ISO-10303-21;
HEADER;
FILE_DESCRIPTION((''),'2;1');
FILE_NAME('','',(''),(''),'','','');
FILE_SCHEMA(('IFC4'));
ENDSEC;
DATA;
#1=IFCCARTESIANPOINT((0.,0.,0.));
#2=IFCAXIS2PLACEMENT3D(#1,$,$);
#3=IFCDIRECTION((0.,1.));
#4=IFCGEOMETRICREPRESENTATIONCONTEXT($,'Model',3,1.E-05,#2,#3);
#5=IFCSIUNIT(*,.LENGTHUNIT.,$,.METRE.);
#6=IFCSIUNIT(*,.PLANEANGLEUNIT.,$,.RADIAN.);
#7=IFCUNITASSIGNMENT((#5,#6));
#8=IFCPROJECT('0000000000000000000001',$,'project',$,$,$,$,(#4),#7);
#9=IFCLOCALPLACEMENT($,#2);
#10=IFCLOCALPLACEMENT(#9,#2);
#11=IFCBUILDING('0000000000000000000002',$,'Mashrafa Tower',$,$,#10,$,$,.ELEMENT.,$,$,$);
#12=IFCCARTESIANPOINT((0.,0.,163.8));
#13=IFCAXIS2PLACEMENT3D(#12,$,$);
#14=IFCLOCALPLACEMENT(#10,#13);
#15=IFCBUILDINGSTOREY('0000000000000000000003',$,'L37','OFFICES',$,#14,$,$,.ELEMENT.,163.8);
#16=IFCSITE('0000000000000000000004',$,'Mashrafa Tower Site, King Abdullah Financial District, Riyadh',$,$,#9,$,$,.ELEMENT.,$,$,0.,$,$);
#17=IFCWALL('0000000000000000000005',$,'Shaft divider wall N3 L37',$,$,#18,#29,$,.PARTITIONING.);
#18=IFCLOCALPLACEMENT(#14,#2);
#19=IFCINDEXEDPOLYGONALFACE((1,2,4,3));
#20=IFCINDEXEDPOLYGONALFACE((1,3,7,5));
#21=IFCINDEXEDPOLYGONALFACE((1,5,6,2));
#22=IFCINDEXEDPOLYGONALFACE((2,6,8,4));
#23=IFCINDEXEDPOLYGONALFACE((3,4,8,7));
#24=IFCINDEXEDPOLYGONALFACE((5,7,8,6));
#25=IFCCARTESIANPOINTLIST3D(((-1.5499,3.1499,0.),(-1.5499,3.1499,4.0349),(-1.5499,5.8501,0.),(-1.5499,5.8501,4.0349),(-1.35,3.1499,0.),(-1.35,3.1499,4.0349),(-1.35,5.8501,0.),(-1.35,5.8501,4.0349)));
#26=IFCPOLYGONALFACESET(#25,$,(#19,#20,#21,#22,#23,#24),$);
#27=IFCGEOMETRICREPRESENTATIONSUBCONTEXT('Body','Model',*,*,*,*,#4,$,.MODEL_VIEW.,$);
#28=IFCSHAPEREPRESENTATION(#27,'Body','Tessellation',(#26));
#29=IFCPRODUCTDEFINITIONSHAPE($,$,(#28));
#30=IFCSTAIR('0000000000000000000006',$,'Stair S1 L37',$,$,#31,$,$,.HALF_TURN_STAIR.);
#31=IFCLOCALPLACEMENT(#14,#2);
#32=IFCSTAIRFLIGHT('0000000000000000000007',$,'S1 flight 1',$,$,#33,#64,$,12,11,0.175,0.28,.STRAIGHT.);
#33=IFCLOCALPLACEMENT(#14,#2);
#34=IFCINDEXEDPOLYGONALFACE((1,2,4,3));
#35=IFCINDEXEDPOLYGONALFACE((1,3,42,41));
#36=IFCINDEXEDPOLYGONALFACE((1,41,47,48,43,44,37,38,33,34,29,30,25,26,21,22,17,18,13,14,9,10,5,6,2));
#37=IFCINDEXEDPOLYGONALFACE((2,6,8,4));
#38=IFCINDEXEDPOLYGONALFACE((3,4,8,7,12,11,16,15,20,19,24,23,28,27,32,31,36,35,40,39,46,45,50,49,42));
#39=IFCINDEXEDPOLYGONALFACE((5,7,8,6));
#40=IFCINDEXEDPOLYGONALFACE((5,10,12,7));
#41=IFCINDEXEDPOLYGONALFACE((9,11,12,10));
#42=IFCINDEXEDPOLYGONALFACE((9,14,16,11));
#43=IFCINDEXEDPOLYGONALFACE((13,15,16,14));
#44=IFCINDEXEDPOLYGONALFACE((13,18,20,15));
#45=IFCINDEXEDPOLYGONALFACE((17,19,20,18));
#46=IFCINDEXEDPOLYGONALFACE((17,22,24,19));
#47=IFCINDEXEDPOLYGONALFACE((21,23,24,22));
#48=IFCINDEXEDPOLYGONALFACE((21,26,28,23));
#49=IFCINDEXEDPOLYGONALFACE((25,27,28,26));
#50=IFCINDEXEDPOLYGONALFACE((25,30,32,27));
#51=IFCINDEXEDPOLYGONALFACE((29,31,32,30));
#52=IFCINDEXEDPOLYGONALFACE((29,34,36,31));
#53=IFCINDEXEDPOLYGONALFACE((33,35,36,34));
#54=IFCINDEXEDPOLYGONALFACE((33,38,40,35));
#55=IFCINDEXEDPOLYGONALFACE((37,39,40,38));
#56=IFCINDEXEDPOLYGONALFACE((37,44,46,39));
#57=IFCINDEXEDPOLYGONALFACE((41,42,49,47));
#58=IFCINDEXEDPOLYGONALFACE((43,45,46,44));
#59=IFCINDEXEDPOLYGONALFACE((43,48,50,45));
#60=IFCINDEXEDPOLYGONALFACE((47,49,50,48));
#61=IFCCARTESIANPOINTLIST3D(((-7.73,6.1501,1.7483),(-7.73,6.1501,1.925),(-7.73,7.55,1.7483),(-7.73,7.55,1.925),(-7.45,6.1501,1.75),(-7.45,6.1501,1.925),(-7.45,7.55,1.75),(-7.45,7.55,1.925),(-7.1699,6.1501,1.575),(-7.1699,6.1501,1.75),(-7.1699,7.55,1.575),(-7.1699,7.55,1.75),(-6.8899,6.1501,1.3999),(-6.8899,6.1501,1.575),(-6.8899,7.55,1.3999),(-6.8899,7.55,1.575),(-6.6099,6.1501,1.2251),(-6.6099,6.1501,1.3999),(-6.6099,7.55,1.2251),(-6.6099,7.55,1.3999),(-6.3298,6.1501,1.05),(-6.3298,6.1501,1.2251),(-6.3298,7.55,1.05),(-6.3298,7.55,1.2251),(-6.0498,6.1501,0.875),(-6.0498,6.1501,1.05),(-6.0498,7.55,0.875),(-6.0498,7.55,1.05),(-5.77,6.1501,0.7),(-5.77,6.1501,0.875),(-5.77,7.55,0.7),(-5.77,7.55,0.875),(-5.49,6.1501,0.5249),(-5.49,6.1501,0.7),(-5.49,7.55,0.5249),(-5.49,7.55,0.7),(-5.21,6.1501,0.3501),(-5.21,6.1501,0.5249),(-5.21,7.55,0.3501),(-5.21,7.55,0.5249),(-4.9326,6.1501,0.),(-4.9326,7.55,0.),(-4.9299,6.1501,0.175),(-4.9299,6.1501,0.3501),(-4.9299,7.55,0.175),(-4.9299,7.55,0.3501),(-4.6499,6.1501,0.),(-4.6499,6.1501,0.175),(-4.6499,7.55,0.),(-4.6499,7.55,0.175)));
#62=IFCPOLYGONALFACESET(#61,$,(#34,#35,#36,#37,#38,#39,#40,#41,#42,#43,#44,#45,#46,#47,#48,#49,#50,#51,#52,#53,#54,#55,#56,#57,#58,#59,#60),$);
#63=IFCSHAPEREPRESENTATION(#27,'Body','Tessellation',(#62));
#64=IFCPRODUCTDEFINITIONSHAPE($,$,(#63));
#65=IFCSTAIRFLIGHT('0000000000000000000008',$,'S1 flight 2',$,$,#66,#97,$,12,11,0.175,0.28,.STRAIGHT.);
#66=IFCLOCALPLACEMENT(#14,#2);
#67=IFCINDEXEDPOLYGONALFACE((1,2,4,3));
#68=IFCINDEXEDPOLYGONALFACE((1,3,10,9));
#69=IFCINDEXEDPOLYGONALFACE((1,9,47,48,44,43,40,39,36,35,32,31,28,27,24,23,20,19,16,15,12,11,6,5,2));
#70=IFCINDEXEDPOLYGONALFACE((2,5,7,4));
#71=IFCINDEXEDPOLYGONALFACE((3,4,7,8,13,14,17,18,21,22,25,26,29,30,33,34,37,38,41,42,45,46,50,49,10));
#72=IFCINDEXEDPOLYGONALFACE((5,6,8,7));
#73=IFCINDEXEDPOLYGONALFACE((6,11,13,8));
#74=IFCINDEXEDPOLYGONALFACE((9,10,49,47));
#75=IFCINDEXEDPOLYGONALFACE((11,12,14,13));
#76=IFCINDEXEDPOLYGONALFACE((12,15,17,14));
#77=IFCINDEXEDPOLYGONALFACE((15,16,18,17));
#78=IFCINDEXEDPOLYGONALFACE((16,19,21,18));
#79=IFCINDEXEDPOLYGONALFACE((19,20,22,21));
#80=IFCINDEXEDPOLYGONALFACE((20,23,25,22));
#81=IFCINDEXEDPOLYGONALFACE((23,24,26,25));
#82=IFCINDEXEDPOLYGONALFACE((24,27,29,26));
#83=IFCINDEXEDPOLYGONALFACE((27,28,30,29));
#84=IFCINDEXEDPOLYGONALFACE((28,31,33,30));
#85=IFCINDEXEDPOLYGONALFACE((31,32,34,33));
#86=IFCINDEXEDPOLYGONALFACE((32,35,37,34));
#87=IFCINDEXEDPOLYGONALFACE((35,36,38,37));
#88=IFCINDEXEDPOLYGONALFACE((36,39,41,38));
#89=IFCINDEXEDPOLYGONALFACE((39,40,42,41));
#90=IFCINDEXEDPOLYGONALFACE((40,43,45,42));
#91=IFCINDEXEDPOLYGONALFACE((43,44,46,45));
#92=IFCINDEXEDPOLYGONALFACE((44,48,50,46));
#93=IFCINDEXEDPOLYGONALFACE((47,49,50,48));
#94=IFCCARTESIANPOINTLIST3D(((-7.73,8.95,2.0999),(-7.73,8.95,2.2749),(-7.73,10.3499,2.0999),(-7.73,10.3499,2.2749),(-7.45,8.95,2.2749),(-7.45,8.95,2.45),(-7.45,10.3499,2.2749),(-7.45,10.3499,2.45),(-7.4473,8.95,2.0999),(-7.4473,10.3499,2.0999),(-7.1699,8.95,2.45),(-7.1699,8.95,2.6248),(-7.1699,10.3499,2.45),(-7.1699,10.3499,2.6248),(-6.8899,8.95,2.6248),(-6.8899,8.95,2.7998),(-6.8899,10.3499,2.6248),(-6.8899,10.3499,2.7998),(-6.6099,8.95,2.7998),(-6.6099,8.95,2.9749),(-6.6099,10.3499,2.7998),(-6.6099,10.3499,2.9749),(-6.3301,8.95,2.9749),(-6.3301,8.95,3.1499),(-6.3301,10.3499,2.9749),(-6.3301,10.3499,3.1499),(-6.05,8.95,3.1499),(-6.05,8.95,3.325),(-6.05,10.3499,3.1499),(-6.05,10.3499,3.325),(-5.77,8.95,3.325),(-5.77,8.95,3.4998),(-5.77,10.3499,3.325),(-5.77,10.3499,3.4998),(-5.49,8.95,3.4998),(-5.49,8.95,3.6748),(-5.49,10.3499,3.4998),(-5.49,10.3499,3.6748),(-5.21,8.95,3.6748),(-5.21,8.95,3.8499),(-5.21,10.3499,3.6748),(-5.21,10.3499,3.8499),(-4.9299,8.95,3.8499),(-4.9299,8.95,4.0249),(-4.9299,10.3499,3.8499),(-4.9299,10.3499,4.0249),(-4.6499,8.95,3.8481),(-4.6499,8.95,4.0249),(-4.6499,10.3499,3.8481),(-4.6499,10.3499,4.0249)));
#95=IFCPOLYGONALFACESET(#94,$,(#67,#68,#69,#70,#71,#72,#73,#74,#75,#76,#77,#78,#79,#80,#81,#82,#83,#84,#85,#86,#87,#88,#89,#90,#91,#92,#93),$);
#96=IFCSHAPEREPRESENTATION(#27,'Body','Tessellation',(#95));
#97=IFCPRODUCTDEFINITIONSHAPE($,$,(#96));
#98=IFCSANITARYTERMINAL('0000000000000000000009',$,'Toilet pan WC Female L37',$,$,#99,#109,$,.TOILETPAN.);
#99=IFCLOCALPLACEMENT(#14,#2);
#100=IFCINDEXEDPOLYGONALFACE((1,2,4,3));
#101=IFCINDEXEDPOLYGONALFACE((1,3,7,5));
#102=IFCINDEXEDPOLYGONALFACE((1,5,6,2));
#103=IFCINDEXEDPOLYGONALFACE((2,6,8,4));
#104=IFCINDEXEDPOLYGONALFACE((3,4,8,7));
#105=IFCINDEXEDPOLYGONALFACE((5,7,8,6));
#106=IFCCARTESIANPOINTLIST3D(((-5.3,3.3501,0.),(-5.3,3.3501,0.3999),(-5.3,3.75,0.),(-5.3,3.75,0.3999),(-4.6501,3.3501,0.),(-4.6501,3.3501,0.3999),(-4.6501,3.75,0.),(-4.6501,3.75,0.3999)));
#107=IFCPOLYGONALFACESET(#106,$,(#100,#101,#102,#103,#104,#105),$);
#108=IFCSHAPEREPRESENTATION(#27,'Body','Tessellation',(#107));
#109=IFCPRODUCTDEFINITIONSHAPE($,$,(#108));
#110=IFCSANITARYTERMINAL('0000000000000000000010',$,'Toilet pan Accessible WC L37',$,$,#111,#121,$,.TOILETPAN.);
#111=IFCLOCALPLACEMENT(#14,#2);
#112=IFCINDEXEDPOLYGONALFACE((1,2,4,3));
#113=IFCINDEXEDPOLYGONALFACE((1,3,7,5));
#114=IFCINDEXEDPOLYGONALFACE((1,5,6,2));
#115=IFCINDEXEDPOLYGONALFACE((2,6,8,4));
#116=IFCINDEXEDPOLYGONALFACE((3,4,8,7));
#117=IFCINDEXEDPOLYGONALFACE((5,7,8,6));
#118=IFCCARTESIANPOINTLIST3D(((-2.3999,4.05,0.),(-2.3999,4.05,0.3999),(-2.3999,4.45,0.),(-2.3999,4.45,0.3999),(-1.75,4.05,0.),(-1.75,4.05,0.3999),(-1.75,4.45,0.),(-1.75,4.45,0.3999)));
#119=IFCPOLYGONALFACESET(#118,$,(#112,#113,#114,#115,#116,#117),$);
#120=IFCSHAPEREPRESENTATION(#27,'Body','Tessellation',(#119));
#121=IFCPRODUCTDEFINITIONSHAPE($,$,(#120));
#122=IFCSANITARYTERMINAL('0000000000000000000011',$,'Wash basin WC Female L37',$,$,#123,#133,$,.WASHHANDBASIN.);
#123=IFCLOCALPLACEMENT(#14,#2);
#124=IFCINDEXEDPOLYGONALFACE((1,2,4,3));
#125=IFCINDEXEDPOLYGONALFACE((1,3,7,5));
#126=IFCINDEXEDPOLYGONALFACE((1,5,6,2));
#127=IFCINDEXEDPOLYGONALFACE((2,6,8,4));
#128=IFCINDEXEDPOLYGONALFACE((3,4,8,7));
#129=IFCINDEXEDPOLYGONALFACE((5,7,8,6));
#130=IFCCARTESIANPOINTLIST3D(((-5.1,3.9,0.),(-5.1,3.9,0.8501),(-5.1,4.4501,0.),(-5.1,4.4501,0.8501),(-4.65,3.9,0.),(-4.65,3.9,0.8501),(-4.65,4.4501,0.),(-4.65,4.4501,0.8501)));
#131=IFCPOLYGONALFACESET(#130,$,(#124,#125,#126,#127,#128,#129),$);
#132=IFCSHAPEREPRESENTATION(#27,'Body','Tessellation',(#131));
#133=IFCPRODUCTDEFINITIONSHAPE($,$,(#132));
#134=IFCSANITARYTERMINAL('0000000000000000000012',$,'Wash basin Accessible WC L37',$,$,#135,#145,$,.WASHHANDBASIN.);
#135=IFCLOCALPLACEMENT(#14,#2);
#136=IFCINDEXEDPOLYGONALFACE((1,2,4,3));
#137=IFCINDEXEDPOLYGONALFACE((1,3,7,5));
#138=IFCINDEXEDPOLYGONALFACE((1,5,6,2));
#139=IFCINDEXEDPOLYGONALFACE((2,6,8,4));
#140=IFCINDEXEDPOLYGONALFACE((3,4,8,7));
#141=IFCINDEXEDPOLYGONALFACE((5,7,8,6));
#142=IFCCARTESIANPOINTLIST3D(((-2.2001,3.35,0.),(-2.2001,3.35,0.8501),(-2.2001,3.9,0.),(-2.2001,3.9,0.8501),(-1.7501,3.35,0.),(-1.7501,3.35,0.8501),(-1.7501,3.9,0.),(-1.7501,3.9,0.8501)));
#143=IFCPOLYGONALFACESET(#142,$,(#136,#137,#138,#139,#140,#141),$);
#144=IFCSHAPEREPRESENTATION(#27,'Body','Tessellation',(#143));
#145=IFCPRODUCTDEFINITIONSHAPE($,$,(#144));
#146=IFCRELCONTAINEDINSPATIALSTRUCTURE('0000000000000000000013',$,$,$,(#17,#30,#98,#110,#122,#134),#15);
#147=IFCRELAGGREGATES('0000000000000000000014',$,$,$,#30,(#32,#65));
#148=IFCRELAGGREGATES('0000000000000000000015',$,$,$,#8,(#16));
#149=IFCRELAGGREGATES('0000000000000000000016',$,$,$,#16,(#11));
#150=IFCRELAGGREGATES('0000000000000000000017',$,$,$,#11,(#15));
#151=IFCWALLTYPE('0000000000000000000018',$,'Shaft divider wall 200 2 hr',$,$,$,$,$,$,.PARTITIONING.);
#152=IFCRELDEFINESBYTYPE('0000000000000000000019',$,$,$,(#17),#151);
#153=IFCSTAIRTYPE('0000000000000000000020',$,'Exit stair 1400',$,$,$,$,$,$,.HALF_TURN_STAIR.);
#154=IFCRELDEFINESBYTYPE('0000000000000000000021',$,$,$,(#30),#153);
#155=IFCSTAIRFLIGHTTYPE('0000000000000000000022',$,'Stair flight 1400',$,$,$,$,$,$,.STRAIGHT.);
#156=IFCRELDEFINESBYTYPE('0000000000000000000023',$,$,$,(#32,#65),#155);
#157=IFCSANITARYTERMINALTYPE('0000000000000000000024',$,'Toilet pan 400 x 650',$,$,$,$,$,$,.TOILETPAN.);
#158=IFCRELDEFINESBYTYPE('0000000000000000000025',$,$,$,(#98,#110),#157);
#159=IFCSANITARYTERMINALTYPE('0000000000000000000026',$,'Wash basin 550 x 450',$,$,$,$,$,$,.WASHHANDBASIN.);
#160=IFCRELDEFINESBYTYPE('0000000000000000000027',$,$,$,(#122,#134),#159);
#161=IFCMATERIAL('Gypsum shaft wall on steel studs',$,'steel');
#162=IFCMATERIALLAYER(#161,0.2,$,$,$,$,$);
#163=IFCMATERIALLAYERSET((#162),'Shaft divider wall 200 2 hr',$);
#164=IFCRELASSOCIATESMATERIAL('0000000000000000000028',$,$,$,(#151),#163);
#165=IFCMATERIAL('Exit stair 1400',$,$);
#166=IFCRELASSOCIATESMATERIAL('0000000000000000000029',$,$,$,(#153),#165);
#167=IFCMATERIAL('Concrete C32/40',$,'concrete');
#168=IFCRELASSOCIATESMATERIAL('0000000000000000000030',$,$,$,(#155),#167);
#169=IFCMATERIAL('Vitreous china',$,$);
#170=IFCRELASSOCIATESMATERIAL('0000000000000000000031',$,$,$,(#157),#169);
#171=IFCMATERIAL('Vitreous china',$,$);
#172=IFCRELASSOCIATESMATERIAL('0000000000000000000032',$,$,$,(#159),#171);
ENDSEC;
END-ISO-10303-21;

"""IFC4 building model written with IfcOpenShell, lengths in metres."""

from ifc_helpers import new_model, si_unit, direction, frame, frame_2d, origin, origin_2d, place, context, subcontext, project, spatial, polyline, rectangle, outline, extrude, material, layer, layer_set, type_object, element, aggregate, save


model = new_model("IFC4")

# Units and contexts
model_context = context("Model", 3, precision=1e-05, world=origin(), true_north=direction((0.0, 1.0)))
body_context = subcontext(model_context, "Body", "Model", "MODEL_VIEW")
ifc_project = project(units=[si_unit("LENGTHUNIT", "METRE"), si_unit("PLANEANGLEUNIT", "RADIAN")], contexts=[model_context])

# Site, building, storey
site_placement = place(None, origin())
site = spatial("IfcSite", under=ifc_project, at=site_placement, Name="Mashrafa Tower Site, King Abdullah Financial District, Riyadh", CompositionType="ELEMENT", RefElevation=0.0)
building_placement = place(site_placement, origin())
building = spatial("IfcBuilding", under=site, at=building_placement, Name="Mashrafa Tower", CompositionType="ELEMENT")
storey_placement = place(building_placement, frame((0.0, 0.0, 163.8)))
storey = spatial("IfcBuildingStorey", under=building, at=storey_placement, Name="L37", Description="OFFICES", CompositionType="ELEMENT", Elevation=163.8)

# Wall
ifc_material_1 = material(Name="Gypsum shaft wall on steel studs", Category="steel")
ifc_layer_1 = layer(ifc_material_1, 0.2)
ifc_layer_set_1 = layer_set([ifc_layer_1], Name="Shaft divider wall 200 2 hr")
wall_type_1 = type_object("IfcWallType", Name="Shaft divider wall 200 2 hr", PredefinedType="PARTITIONING", material=ifc_layer_set_1)
for number, where, z_axis, x_axis, name in (
    (1, (-1.45, 3.1499, 0.0), (0.0, 0.0, 1.0), (0.0, 1.0, 0.0), "Shaft divider wall N3 L37"),
):
    element("IfcWall", number, at=place(storey_placement, frame(where, z_axis=z_axis, x_axis=x_axis)), inside=storey, type_object=wall_type_1, Name=name, PredefinedType="PARTITIONING", context=body_context, shape_type="SweptSolid", body=[
        extrude(rectangle(XDim=2.7002, YDim=0.2, at=frame_2d((1.3501, 0.0))), origin(), (0.0, 0.0, 1.0), 4.0349),
    ])

# Stair, stair flights
ifc_material_2 = material(Name="Exit stair 1400")
stair_type = type_object("IfcStairType", Name="Exit stair 1400", PredefinedType="HALF_TURN_STAIR", material=ifc_material_2)
stair_placement = place(storey_placement, origin())
stair = element("IfcStair", 2, at=stair_placement, inside=storey, type_object=stair_type, Name="Stair S1 L37", PredefinedType="HALF_TURN_STAIR")
ifc_material_3 = material(Name="Concrete C32/40", Category="concrete")
stair_flight_type = type_object("IfcStairFlightType", Name="Stair flight 1400", PredefinedType="STRAIGHT", material=ifc_material_3)
stair_flight_1_placement = place(storey_placement, frame((-4.6499, 6.8501, 0.0), z_axis=(0.0, 0.0, 1.0), x_axis=(-1.0, 0.0, 0.0)))
stair_flight_1 = element("IfcStairFlight", 3, at=stair_flight_1_placement, type_object=stair_flight_type, Name="S1 flight 1", NumberOfRisers=12, NumberOfTreads=11, PredefinedType="STRAIGHT", RiserHeight=0.175, TreadLength=0.28, context=body_context, shape_type="SweptSolid", body=[
    extrude(outline(polyline([(0.0, 0.0), (0.0, 0.175), (0.28, 0.175), (0.28, 0.3501), (0.5601, 0.3501), (0.5601, 0.5249), (0.8401, 0.5249), (0.8401, 0.7), (1.1201, 0.7), (1.1201, 0.875), (1.3999, 0.875), (1.3999, 1.05), (1.6799, 1.05), (1.6799, 1.2251), (1.96, 1.2251), (1.96, 1.3999), (2.24, 1.3999), (2.24, 1.575), (2.52, 1.575), (2.52, 1.75), (2.8, 1.75), (2.8, 1.925), (3.0801, 1.925), (3.0801, 2.1001), (3.0801, 1.7483), (0.2827, 0.0), (0.0, 0.0)])), frame((0.0, 0.7, 0.0), z_axis=(0.0, -1.0, 0.0), x_axis=(1.0, 0.0, 0.0)), (0.0, 0.0, 1.0), 1.3999),
])
stair_flight_2_placement = place(storey_placement, frame((-7.73, 9.6499, 2.0999), z_axis=(0.0, 0.0, 1.0), x_axis=(1.0, 0.0, 0.0)))
stair_flight_2 = element("IfcStairFlight", 4, at=stair_flight_2_placement, type_object=stair_flight_type, Name="S1 flight 2", NumberOfRisers=12, NumberOfTreads=11, PredefinedType="STRAIGHT", RiserHeight=0.175, TreadLength=0.28, context=body_context, shape_type="SweptSolid", body=[
    extrude(outline(polyline([(0.0, 0.0), (0.0, 0.175), (0.28, 0.175), (0.28, 0.3501), (0.5601, 0.3501), (0.5601, 0.5249), (0.8401, 0.5249), (0.8401, 0.7), (1.1201, 0.7), (1.1201, 0.875), (1.3999, 0.875), (1.3999, 1.05), (1.6799, 1.05), (1.6799, 1.2251), (1.96, 1.2251), (1.96, 1.3999), (2.24, 1.3999), (2.24, 1.575), (2.52, 1.575), (2.52, 1.75), (2.8, 1.75), (2.8, 1.925), (3.0801, 1.925), (3.0801, 2.1001), (3.0801, 1.7483), (0.2827, 0.0), (0.0, 0.0)])), frame((0.0, 0.7, 0.0), z_axis=(0.0, -1.0, 0.0), x_axis=(1.0, 0.0, 0.0)), (0.0, 0.0, 1.0), 1.3999),
])
aggregate(stair, [stair_flight_1, stair_flight_2])

# Sanitary terminals
ifc_material_4 = material(Name="Vitreous china")
sanitary_terminal_type_1 = type_object("IfcSanitaryTerminalType", Name="Toilet pan 400 x 650", PredefinedType="TOILETPAN", material=ifc_material_4)
for number, where, z_axis, x_axis, name in (
    (5, (-4.9751, 3.55, 0.0), (0.0, 0.0, 1.0), (0.0, 1.0, 0.0), "Toilet pan WC Female L37"),
    (6, (-2.075, 4.25, 0.0), (0.0, 0.0, 1.0), (0.0, 1.0, 0.0), "Toilet pan Accessible WC L37"),
):
    element("IfcSanitaryTerminal", number, at=place(storey_placement, frame(where, z_axis=z_axis, x_axis=x_axis)), inside=storey, type_object=sanitary_terminal_type_1, Name=name, PredefinedType="TOILETPAN", context=body_context, shape_type="SweptSolid", body=[
        extrude(rectangle(XDim=0.3999, YDim=0.6499, at=origin_2d()), origin(), (0.0, 0.0, 1.0), 0.3999),
    ])
ifc_material_5 = material(Name="Vitreous china")
sanitary_terminal_type_2 = type_object("IfcSanitaryTerminalType", Name="Wash basin 550 x 450", PredefinedType="WASHHANDBASIN", material=ifc_material_5)
for number, where, z_axis, x_axis, name in (
    (7, (-4.875, 4.175, 0.0), (0.0, 0.0, 1.0), (0.0, 1.0, 0.0), "Wash basin WC Female L37"),
    (8, (-1.9751, 3.625, 0.0), (0.0, 0.0, 1.0), (0.0, 1.0, 0.0), "Wash basin Accessible WC L37"),
):
    element("IfcSanitaryTerminal", number, at=place(storey_placement, frame(where, z_axis=z_axis, x_axis=x_axis)), inside=storey, type_object=sanitary_terminal_type_2, Name=name, PredefinedType="WASHHANDBASIN", context=body_context, shape_type="SweptSolid", body=[
        extrude(rectangle(XDim=0.55, YDim=0.45, at=origin_2d()), origin(), (0.0, 0.0, 1.0), 0.8501),
    ])

save(model, "model.ifc")
